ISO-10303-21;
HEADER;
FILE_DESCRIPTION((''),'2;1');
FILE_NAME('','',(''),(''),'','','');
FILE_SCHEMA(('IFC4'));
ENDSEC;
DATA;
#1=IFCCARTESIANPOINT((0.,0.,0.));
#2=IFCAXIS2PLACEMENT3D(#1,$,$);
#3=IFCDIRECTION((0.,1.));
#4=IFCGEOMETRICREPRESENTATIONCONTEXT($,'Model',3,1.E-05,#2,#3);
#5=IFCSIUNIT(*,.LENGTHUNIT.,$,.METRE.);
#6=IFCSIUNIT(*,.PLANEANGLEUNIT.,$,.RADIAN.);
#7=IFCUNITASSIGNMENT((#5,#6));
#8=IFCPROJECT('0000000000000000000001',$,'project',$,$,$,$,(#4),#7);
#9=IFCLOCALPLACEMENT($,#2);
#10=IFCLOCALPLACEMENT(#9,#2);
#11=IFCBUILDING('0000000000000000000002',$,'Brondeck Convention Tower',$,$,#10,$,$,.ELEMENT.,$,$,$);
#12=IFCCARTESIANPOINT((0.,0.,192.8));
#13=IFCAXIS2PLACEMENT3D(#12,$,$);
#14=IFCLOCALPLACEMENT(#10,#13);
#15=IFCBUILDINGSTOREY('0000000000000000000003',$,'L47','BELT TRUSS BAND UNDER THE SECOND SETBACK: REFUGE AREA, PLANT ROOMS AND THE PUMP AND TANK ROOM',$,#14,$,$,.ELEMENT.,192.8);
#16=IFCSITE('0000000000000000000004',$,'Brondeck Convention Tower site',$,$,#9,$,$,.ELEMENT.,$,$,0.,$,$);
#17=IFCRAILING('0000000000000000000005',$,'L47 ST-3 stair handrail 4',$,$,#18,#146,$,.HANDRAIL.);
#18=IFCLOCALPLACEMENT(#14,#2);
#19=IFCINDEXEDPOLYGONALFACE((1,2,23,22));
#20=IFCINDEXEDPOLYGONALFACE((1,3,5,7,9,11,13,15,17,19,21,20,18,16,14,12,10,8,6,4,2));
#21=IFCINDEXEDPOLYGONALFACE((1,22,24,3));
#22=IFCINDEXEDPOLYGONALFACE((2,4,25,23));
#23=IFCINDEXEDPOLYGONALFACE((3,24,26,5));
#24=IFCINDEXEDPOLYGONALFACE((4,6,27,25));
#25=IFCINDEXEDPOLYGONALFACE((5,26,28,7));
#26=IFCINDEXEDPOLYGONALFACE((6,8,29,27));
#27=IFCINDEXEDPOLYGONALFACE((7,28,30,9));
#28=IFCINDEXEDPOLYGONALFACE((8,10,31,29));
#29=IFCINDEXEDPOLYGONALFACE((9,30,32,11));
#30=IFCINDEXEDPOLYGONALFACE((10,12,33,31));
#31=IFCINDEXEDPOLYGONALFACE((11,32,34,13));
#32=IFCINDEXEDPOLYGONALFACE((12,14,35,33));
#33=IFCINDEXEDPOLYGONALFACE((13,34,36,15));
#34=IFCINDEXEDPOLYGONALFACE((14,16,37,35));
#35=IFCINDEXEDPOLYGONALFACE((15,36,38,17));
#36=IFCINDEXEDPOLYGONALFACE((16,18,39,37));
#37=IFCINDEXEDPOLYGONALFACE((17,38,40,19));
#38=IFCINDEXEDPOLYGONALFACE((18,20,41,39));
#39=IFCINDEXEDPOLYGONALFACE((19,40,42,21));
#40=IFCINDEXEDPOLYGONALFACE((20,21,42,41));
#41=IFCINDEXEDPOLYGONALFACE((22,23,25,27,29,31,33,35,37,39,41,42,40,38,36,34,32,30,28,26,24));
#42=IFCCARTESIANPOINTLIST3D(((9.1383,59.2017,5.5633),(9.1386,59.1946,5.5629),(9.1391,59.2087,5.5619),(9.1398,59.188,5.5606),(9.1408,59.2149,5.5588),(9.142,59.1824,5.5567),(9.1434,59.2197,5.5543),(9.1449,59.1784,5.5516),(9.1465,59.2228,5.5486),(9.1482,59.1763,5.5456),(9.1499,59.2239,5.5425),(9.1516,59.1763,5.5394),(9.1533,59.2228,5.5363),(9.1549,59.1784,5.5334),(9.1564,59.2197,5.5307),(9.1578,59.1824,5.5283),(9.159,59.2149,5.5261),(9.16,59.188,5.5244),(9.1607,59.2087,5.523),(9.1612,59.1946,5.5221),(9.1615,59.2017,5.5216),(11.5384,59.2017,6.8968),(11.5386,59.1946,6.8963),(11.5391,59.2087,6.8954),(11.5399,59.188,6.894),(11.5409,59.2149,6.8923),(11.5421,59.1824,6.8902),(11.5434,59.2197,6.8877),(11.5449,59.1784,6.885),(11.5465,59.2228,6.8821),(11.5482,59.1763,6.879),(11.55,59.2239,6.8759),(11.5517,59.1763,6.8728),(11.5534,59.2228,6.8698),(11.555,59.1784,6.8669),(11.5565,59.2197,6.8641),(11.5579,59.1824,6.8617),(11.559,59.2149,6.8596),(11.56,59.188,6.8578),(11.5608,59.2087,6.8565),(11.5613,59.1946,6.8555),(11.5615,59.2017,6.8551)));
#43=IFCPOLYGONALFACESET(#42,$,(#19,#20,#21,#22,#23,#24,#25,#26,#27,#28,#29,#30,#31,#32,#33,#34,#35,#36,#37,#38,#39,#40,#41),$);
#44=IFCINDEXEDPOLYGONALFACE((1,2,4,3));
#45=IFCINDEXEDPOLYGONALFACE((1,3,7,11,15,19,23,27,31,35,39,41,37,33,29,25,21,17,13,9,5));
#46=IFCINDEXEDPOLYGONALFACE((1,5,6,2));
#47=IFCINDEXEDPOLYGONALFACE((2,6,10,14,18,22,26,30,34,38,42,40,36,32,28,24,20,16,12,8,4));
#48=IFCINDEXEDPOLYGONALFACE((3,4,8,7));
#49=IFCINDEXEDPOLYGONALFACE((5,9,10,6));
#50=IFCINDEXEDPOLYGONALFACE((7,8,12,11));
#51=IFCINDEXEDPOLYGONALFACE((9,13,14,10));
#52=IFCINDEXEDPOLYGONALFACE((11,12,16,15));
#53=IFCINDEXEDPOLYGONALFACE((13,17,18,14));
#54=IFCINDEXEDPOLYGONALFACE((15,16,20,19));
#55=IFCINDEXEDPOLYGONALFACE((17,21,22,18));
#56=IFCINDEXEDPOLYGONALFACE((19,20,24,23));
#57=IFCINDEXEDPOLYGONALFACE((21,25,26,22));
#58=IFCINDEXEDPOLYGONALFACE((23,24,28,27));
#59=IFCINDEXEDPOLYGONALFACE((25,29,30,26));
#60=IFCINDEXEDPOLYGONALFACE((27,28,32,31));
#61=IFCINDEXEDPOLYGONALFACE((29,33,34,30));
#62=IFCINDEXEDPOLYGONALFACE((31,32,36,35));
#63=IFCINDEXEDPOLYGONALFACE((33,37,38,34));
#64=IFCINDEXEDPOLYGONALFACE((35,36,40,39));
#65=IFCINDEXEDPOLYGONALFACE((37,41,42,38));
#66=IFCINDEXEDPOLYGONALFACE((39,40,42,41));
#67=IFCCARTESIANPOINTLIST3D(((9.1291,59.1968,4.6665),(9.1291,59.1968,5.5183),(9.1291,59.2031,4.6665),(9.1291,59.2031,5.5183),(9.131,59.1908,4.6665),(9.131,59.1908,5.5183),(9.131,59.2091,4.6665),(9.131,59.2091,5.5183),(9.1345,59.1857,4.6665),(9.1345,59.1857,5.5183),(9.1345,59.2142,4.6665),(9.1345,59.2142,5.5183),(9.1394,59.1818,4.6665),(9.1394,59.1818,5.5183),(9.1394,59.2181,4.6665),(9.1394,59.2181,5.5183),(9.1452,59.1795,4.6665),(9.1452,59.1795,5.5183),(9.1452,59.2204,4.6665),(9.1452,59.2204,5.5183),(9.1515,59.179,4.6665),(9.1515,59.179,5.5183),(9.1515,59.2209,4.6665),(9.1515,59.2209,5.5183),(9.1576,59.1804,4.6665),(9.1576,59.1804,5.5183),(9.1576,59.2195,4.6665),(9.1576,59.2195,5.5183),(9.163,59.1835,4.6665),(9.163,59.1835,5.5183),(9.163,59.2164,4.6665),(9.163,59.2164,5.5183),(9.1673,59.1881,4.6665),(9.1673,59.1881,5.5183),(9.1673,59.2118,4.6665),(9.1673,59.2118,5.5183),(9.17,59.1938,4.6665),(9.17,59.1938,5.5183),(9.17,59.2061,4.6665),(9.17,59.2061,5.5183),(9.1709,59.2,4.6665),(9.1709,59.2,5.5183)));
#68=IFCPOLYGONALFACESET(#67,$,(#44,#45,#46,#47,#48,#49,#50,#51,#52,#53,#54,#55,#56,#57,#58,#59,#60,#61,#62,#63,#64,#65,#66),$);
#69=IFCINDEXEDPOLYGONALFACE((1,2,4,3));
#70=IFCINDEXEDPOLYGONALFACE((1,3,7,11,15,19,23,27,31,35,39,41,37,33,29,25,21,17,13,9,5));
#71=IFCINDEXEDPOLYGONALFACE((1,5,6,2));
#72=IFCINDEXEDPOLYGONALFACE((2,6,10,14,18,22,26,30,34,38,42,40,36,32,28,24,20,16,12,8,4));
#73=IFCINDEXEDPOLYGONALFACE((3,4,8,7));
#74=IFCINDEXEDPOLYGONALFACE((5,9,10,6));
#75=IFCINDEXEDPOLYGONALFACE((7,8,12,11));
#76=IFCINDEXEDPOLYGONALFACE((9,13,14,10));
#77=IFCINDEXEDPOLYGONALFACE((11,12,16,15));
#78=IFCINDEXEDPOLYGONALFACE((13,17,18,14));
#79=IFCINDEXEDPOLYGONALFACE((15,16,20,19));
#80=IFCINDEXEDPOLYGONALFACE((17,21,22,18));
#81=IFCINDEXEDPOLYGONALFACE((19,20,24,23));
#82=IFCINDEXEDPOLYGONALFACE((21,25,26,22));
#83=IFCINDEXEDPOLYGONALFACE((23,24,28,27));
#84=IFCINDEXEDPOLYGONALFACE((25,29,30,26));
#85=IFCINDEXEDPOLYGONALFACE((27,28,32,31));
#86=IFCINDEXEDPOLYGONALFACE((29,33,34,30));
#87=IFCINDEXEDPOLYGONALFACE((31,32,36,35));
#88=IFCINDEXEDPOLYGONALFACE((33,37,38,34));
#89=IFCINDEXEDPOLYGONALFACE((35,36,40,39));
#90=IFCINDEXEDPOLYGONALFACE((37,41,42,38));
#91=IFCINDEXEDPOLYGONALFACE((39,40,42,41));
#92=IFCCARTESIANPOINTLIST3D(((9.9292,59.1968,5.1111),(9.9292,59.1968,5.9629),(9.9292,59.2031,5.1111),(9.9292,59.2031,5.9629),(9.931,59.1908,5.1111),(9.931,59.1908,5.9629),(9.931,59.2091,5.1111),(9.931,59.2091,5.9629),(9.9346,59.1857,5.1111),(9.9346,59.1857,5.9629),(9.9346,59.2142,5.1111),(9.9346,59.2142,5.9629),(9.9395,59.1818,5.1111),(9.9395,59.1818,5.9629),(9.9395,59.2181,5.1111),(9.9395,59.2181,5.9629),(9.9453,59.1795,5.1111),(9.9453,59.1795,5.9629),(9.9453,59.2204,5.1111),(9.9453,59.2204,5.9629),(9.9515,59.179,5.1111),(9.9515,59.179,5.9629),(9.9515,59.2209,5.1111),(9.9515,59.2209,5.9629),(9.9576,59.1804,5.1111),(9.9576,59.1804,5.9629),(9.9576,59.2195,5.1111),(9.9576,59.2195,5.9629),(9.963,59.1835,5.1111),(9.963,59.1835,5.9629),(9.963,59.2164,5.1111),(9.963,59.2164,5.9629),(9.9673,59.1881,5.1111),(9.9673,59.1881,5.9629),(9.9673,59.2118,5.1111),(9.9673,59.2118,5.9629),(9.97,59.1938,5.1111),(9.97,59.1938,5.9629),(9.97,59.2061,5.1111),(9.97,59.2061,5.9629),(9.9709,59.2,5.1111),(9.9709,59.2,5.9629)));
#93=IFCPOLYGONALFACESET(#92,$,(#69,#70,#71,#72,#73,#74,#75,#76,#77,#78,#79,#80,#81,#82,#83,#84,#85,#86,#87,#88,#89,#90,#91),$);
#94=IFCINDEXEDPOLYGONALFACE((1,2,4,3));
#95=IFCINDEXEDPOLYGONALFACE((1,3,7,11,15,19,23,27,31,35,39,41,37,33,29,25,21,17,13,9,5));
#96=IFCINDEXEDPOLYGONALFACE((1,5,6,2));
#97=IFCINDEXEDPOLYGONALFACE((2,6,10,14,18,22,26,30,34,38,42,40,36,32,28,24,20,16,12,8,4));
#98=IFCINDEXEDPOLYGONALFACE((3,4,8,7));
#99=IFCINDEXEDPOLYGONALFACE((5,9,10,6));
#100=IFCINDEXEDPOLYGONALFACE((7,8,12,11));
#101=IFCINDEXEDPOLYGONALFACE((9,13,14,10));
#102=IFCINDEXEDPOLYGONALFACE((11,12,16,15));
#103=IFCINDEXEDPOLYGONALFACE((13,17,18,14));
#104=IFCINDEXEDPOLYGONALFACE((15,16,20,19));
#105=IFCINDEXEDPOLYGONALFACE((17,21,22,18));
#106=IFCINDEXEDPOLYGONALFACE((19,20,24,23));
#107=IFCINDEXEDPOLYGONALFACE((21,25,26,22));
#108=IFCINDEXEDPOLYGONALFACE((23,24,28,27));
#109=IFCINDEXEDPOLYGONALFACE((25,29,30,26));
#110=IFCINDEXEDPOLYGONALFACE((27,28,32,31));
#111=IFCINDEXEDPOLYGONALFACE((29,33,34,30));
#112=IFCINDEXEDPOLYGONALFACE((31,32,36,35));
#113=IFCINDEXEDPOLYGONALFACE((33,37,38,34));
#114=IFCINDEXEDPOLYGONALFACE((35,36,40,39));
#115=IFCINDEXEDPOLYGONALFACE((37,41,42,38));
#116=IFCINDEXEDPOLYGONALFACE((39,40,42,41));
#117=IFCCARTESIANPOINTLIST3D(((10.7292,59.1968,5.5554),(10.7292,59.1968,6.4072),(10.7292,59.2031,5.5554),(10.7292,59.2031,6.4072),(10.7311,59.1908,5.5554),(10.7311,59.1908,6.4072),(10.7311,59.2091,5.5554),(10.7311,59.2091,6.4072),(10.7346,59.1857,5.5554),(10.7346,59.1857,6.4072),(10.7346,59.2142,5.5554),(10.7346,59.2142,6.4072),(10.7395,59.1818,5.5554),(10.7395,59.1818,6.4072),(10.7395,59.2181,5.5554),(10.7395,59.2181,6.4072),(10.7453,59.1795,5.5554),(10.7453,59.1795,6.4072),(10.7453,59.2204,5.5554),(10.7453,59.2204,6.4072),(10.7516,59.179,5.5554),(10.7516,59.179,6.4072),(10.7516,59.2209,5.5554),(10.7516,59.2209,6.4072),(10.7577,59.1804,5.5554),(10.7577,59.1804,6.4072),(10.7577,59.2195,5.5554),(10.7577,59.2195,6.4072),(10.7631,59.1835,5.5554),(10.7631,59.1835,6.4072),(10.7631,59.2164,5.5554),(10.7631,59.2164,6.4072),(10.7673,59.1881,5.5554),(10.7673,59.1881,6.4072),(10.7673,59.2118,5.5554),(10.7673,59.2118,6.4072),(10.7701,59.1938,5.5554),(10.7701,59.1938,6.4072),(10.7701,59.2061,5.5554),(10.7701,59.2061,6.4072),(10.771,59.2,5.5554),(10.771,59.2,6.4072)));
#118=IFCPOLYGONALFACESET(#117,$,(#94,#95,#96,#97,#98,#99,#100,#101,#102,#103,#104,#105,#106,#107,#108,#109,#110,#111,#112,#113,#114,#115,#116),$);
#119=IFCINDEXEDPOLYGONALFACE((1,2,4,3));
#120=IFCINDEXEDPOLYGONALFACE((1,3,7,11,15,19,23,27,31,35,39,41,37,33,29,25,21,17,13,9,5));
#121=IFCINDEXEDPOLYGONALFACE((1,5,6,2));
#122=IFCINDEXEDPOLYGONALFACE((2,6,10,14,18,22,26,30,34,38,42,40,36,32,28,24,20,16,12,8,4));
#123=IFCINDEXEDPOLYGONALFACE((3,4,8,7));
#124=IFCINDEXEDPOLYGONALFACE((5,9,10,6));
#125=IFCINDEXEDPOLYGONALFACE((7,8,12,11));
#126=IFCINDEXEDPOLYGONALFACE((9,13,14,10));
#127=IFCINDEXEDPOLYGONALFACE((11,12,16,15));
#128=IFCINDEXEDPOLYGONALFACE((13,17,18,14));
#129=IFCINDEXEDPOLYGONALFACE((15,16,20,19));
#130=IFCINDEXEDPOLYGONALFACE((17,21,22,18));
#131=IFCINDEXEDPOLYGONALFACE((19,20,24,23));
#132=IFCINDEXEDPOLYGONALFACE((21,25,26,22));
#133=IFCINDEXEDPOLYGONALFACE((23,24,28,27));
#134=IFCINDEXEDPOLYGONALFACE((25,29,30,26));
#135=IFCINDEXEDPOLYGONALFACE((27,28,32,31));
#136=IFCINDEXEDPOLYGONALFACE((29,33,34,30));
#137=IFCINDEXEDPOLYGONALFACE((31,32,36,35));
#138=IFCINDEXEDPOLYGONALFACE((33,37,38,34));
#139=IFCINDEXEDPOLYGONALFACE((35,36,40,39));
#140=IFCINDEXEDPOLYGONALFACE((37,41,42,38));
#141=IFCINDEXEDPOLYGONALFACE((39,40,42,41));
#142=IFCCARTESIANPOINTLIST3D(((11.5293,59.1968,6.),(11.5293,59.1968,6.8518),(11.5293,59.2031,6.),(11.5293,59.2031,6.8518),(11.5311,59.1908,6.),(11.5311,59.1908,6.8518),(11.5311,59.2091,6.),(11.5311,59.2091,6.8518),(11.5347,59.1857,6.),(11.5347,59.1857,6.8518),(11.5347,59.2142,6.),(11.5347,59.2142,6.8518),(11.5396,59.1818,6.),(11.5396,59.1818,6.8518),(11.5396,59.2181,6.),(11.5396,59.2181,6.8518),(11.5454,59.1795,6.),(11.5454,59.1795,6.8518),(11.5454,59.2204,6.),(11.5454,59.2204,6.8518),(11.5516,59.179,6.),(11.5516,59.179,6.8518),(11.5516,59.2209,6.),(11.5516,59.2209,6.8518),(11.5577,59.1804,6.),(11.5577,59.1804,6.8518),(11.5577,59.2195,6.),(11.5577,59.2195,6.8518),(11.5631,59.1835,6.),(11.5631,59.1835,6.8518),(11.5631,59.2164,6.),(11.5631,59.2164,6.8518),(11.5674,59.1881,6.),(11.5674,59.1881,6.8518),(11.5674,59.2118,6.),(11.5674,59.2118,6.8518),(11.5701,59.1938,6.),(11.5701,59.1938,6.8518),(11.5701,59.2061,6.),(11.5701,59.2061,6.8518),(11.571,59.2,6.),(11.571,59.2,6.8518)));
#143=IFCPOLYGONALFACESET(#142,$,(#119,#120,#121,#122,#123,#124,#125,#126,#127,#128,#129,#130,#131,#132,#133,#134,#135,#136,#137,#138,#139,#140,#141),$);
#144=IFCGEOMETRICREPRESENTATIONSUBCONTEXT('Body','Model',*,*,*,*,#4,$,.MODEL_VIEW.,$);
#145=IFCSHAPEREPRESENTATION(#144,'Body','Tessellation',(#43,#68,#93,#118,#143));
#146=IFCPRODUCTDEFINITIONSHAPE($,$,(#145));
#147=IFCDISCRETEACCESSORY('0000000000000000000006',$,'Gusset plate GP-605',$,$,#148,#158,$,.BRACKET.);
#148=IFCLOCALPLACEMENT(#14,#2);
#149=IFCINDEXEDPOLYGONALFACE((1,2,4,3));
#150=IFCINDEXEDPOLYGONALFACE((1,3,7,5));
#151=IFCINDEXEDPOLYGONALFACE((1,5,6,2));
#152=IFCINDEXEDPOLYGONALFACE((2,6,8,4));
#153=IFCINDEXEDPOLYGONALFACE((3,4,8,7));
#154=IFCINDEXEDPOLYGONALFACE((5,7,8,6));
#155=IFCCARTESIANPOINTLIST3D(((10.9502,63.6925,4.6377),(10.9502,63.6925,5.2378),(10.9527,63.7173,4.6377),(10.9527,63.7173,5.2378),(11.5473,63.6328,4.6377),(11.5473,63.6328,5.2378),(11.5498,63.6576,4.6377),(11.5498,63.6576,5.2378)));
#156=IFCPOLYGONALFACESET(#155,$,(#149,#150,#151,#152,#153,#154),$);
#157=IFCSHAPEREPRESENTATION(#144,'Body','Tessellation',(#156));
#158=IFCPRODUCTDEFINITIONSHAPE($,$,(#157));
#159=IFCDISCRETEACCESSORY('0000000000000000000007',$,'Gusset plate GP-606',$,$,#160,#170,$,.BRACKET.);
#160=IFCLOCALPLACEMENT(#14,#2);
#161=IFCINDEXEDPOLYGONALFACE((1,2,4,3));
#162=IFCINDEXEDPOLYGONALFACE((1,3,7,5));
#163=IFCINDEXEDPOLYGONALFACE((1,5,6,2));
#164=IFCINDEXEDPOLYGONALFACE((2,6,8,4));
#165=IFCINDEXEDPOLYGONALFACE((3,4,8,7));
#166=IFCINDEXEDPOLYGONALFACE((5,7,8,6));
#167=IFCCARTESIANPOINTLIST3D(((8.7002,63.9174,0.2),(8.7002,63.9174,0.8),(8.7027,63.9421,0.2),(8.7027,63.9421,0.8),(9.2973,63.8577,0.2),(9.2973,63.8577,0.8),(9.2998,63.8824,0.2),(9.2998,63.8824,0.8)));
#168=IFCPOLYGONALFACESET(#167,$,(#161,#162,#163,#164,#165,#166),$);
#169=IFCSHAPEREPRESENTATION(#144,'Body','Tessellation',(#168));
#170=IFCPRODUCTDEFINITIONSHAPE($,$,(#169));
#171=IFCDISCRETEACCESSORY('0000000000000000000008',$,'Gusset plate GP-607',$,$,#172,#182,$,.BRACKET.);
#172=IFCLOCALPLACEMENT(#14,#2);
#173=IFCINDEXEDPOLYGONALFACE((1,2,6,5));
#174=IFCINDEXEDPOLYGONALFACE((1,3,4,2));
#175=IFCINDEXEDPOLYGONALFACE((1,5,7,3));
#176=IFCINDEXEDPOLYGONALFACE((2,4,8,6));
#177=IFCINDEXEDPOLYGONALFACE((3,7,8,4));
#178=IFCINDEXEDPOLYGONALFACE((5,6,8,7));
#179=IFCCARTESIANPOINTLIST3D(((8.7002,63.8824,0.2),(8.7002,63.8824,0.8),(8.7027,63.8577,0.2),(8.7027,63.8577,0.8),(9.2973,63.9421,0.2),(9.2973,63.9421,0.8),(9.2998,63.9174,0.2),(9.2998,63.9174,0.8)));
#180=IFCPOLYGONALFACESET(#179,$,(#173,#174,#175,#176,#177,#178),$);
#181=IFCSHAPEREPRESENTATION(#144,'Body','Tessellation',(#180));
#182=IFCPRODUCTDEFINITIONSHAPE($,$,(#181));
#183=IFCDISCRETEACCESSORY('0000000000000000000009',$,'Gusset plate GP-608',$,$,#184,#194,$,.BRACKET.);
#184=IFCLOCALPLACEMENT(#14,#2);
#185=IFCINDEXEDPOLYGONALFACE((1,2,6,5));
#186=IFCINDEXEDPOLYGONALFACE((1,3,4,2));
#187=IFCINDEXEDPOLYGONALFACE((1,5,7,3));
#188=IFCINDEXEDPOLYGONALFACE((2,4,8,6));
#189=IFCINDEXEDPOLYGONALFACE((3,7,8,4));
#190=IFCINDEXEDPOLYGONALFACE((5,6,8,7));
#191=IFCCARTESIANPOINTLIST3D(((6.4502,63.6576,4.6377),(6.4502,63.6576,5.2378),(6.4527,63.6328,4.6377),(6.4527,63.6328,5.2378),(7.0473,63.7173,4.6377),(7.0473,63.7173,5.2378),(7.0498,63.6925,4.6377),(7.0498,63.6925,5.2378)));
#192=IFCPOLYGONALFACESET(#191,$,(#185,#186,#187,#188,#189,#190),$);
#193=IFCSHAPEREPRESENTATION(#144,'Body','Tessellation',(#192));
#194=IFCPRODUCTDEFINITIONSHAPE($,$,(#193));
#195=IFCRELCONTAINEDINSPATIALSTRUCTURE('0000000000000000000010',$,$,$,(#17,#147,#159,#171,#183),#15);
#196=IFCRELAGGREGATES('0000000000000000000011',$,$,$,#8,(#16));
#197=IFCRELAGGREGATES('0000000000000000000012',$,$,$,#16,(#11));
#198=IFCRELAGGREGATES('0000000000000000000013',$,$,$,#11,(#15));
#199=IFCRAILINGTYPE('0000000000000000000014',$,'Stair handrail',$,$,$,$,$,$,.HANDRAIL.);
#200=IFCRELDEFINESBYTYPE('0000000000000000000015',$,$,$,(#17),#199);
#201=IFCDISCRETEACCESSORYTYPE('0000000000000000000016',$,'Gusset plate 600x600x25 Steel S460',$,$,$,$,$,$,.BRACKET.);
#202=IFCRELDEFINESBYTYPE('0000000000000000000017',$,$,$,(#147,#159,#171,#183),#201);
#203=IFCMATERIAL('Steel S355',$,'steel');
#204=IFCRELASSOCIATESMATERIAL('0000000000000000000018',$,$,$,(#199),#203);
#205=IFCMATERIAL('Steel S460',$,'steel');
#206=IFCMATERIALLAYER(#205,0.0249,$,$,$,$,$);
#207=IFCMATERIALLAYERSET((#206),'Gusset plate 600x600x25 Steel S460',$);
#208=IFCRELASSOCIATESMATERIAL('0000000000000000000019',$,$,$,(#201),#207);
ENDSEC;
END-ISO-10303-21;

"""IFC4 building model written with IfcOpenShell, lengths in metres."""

from ifc_helpers import new_model, si_unit, direction, frame, origin, origin_2d, place, context, subcontext, project, spatial, rectangle, circle, extrude, material, layer, layer_set, type_object, element, save


model = new_model("IFC4")

# Units and contexts
model_context = context("Model", 3, precision=1e-05, world=origin(), true_north=direction((0.0, 1.0)))
body_context = subcontext(model_context, "Body", "Model", "MODEL_VIEW")
ifc_project = project(units=[si_unit("LENGTHUNIT", "METRE"), si_unit("PLANEANGLEUNIT", "RADIAN")], contexts=[model_context])

# Site, building, storey
site_placement = place(None, origin())
site = spatial("IfcSite", under=ifc_project, at=site_placement, Name="Brondeck Convention Tower site", CompositionType="ELEMENT", RefElevation=0.0)
building_placement = place(site_placement, origin())
building = spatial("IfcBuilding", under=site, at=building_placement, Name="Brondeck Convention Tower", CompositionType="ELEMENT")
storey_placement = place(building_placement, frame((0.0, 0.0, 192.8)))
storey = spatial("IfcBuildingStorey", under=building, at=storey_placement, Name="L47", Description="BELT TRUSS BAND UNDER THE SECOND SETBACK: REFUGE AREA, PLANT ROOMS AND THE PUMP AND TANK ROOM", CompositionType="ELEMENT", Elevation=192.8)

# Shared definitions
ifc_material_1 = material(Name="Steel S460", Category="steel")

# Shared definitions
ifc_material_2 = material(Name="Steel S355", Category="steel")

# Railing
railing_type_1 = type_object("IfcRailingType", Name="Stair handrail", PredefinedType="HANDRAIL", material=ifc_material_2)
railing_1_placement = place(storey_placement, frame((9.1499, 59.2, 4.6665)))
element("IfcRailing", 1, at=railing_1_placement, inside=storey, type_object=railing_type_1, Name="L47 ST-3 stair handrail 4", PredefinedType="HANDRAIL", context=body_context, shape_type="SweptSolid", body=[
    extrude(circle(Radius=0.0239, at=origin_2d()), frame((0.0, 0.0, 0.876), z_axis=(0.874145, 0.0, 0.485666), x_axis=(0.0, 1.0, 0.0)), (0.0, 0.0, 1.0), 2.7456),
    extrude(circle(Radius=0.021, at=origin_2d()), origin(), (0.0, 0.0, 1.0), 0.8518),
    extrude(circle(Radius=0.021, at=origin_2d()), frame((0.8, 0.0, 0.4446)), (0.0, 0.0, 1.0), 0.8518),
    extrude(circle(Radius=0.021, at=origin_2d()), frame((1.6001, 0.0, 0.8889)), (0.0, 0.0, 1.0), 0.8518),
    extrude(circle(Radius=0.021, at=origin_2d()), frame((2.4001, 0.0, 1.3335)), (0.0, 0.0, 1.0), 0.8518),
])

# Discrete accessories
ifc_layer_1 = layer(ifc_material_1, 0.0249)
ifc_layer_set_1 = layer_set([ifc_layer_1], Name="Gusset plate 600x600x25 Steel S460")
discrete_accessory_type = type_object("IfcDiscreteAccessoryType", Name="Gusset plate 600x600x25 Steel S460", PredefinedType="BRACKET", material=ifc_layer_set_1)
for number, where, z_axis, x_axis, name in (
    (2, (11.25, 63.675, 4.6377), (0.0, 0.0, 1.0), (-0.995036, 0.099511, 0.0), "Gusset plate GP-605"),
    (3, (9.0, 63.8999, 0.2), (0.0, 0.0, 1.0), (-0.995036, 0.099511, 0.0), "Gusset plate GP-606"),
    (4, (9.0, 63.8999, 0.2), (0.0, 0.0, 1.0), (0.995036, 0.099511, 0.0), "Gusset plate GP-607"),
    (5, (6.75, 63.675, 4.6377), (0.0, 0.0, 1.0), (0.995036, 0.099511, 0.0), "Gusset plate GP-608"),
):
    element("IfcDiscreteAccessory", number, at=place(storey_placement, frame(where, z_axis=z_axis, x_axis=x_axis)), inside=storey, type_object=discrete_accessory_type, Name=name, PredefinedType="BRACKET", context=body_context, shape_type="SweptSolid", body=[
        extrude(rectangle(XDim=0.6001, YDim=0.0249, at=origin_2d()), origin(), (0.0, 0.0, 1.0), 0.6001),
    ])

save(model, "model.ifc")
